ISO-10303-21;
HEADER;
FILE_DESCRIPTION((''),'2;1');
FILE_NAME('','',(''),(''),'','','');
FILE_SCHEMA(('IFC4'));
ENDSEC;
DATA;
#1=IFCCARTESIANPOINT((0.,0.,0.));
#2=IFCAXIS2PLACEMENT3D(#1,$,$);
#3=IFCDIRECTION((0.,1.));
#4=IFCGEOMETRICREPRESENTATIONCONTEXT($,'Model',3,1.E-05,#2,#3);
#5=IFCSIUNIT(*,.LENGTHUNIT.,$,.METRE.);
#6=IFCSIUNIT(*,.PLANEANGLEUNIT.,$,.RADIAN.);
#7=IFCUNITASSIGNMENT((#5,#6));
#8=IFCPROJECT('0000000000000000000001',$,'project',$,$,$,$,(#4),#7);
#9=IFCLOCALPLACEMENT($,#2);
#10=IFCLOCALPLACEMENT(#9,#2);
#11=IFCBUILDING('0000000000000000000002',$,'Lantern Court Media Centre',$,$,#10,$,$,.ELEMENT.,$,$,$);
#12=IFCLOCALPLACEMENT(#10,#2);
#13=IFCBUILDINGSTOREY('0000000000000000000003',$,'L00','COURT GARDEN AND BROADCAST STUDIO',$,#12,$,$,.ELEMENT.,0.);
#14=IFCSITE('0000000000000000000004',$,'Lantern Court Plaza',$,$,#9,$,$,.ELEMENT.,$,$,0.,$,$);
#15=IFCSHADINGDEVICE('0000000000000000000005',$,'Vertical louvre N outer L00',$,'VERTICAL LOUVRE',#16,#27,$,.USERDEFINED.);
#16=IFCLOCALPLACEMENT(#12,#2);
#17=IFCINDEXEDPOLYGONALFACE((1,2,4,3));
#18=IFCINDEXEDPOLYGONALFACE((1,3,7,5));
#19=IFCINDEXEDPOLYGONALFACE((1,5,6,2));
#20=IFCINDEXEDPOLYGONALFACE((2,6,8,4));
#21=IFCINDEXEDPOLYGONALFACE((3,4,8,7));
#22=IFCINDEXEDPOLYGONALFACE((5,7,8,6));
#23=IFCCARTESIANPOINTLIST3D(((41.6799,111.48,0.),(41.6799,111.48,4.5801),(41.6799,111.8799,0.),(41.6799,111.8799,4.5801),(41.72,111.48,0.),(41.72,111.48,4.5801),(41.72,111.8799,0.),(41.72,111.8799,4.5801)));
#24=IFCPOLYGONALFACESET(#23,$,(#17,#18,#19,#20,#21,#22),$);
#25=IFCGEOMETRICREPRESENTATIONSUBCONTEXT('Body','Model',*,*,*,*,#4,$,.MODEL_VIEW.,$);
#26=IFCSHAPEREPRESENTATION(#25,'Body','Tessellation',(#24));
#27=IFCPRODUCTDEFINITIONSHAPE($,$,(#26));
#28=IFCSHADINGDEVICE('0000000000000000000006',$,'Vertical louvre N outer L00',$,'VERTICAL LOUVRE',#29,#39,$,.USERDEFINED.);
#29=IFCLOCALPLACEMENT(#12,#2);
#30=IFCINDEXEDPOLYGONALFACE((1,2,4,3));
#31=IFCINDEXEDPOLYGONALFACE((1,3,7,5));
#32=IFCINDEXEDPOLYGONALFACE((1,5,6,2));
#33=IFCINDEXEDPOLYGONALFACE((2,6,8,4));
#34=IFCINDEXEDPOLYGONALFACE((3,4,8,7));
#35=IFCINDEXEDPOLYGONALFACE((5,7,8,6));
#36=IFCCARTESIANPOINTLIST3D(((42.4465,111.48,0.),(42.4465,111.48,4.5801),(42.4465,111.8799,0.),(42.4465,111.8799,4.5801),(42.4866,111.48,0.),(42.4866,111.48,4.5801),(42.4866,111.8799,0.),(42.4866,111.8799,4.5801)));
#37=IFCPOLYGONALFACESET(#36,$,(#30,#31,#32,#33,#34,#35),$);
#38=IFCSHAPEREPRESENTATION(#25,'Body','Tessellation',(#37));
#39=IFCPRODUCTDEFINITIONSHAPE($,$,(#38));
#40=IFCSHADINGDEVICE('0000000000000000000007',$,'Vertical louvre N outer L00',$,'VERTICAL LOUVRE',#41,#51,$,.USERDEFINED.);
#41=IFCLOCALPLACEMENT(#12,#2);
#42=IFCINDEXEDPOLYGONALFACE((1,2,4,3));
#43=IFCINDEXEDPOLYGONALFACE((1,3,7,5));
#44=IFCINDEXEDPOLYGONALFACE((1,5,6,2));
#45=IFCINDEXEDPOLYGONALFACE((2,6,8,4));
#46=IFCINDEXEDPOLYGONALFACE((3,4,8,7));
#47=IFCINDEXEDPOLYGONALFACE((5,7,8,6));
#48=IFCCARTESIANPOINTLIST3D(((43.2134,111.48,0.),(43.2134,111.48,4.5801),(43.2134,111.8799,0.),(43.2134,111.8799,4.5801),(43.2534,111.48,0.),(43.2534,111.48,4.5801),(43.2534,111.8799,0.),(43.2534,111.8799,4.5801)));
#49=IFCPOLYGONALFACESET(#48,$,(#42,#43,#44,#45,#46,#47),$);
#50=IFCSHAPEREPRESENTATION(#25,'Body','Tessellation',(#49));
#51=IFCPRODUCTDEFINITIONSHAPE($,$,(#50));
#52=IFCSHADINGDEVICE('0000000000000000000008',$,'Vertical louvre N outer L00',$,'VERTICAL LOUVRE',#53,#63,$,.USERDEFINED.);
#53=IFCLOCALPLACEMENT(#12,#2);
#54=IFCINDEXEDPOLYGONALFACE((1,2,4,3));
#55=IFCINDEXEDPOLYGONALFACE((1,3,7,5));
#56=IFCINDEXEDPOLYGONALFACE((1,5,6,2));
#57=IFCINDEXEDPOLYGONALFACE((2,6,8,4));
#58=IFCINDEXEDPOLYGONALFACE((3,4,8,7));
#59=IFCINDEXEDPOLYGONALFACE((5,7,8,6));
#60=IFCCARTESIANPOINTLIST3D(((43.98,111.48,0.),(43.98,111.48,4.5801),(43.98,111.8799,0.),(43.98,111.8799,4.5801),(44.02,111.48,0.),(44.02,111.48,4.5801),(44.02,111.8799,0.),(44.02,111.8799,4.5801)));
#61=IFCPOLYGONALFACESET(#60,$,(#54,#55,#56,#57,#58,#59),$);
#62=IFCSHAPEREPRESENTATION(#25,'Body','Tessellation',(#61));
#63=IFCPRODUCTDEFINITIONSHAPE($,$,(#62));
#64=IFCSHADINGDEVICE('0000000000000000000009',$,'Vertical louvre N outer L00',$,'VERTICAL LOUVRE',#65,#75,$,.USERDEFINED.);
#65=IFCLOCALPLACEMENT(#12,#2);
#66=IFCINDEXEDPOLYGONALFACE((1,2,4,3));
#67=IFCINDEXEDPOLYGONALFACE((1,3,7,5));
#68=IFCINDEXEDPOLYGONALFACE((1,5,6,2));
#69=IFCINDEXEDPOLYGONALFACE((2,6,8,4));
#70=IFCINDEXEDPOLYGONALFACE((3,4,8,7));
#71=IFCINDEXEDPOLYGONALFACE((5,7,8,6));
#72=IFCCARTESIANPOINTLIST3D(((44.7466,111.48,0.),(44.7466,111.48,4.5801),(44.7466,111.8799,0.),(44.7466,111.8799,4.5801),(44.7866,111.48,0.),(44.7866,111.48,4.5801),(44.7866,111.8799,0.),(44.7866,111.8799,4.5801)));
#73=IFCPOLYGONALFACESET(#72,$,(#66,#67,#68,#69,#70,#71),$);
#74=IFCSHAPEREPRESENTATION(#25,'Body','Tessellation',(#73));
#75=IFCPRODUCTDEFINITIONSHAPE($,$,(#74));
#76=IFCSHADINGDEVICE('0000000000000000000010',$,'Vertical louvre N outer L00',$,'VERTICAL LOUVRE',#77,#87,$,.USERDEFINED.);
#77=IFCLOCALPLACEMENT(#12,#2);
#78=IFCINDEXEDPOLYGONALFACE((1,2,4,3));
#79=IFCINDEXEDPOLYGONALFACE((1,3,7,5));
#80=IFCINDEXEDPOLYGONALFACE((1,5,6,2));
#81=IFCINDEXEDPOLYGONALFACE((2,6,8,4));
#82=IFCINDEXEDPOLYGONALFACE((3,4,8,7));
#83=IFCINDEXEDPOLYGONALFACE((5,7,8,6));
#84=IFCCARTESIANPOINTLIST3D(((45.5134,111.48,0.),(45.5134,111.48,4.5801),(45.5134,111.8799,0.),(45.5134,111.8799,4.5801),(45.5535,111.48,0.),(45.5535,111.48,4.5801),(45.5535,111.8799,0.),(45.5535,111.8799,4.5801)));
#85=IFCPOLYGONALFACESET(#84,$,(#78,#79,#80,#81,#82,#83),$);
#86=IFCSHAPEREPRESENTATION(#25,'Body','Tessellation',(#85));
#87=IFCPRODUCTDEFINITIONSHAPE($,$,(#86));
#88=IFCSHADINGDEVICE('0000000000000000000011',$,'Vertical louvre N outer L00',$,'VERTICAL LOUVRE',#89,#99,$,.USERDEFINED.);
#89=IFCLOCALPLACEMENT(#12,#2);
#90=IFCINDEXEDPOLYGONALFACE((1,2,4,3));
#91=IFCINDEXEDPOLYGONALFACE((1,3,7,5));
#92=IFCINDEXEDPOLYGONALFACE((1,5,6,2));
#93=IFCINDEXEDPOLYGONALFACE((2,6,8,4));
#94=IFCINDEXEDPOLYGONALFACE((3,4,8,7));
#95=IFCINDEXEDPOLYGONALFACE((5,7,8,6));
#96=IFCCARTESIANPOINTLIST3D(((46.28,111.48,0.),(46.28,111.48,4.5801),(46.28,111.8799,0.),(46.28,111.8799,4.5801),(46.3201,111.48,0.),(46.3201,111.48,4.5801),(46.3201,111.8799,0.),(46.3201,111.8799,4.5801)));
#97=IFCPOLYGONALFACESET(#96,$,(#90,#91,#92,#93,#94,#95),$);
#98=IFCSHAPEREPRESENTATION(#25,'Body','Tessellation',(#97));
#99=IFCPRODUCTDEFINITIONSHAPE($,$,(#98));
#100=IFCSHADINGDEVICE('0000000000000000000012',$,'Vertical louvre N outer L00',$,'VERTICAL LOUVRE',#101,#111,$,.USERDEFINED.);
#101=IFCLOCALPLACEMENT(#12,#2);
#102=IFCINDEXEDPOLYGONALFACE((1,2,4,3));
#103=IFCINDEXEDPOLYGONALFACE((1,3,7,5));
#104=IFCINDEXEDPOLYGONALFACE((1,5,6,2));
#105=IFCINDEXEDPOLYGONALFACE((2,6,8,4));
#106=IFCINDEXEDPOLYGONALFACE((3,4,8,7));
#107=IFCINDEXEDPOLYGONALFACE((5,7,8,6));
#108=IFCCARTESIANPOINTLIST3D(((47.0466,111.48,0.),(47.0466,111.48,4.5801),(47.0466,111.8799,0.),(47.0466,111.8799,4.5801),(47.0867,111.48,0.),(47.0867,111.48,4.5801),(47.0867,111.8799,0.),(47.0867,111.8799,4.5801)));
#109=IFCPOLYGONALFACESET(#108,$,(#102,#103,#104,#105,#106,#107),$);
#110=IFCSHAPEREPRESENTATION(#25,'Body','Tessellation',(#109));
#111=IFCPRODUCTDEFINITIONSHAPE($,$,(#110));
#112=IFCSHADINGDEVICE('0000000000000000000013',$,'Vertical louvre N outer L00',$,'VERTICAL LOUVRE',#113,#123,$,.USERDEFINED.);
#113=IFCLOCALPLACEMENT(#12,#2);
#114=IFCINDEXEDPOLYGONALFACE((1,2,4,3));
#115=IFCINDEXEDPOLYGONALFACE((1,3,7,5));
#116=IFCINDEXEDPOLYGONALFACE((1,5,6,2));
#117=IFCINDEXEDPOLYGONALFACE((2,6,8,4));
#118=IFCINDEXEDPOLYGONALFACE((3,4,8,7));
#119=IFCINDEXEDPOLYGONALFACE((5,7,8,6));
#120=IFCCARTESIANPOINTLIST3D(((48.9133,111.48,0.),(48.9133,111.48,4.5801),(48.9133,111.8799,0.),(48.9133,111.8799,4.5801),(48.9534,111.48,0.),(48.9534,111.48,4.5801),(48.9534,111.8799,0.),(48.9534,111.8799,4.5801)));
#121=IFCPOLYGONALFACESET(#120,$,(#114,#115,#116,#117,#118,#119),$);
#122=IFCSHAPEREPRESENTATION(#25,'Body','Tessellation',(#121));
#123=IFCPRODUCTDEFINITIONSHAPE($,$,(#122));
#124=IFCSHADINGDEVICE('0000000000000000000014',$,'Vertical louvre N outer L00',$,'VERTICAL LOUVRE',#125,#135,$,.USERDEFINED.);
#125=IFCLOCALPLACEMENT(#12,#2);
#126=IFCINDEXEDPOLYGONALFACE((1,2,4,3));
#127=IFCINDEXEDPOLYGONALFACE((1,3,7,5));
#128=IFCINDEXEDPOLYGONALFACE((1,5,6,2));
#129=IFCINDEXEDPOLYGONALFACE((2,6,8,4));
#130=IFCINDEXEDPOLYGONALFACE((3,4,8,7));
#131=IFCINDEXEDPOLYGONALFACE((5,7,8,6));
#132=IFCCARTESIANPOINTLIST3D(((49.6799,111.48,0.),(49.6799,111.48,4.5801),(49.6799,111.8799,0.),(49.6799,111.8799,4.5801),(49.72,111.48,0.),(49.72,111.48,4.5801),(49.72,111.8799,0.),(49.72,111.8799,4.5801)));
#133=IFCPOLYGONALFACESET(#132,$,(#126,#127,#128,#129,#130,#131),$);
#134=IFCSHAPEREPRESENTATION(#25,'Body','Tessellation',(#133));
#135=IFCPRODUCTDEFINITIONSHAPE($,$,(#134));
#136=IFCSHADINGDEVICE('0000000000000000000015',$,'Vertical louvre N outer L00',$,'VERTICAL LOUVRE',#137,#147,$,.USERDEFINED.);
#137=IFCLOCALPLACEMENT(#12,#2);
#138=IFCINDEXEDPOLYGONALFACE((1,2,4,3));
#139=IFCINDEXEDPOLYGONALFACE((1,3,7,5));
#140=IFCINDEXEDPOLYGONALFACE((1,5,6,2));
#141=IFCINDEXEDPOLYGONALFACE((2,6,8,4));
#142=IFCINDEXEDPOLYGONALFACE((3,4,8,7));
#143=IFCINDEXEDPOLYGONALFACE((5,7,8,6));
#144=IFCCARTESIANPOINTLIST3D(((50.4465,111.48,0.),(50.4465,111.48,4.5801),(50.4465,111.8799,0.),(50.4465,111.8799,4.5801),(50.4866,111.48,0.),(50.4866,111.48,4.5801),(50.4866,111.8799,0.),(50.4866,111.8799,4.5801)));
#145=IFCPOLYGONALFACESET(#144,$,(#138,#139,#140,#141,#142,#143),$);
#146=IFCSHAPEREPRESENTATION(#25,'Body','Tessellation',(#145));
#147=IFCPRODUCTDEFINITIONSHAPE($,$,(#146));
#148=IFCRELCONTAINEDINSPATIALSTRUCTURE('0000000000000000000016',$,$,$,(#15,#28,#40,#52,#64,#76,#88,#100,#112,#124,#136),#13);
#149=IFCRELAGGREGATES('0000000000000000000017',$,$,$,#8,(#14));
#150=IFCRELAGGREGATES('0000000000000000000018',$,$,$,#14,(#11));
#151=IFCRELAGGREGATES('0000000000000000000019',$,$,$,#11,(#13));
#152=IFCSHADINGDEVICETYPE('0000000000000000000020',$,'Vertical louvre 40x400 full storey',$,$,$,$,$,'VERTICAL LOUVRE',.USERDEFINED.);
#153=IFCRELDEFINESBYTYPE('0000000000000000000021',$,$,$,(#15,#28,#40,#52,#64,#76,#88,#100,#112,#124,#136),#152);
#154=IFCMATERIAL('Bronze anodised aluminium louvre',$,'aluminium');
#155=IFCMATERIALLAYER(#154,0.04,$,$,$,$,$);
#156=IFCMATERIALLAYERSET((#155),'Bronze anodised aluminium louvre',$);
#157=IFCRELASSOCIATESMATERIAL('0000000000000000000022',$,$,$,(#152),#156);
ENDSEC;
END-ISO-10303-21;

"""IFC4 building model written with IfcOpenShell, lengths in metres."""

from ifc_helpers import new_model, si_unit, direction, frame, origin, origin_2d, place, context, subcontext, project, spatial, rectangle, extrude, material, layer, layer_set, type_object, element, save


model = new_model("IFC4")

# Units and contexts
model_context = context("Model", 3, precision=1e-05, world=origin(), true_north=direction((0.0, 1.0)))
body_context = subcontext(model_context, "Body", "Model", "MODEL_VIEW")
ifc_project = project(units=[si_unit("LENGTHUNIT", "METRE"), si_unit("PLANEANGLEUNIT", "RADIAN")], contexts=[model_context])

# Site, building, storey
site_placement = place(None, origin())
site = spatial("IfcSite", under=ifc_project, at=site_placement, Name="Lantern Court Plaza", CompositionType="ELEMENT", RefElevation=0.0)
building_placement = place(site_placement, origin())
building = spatial("IfcBuilding", under=site, at=building_placement, Name="Lantern Court Media Centre", CompositionType="ELEMENT")
storey_placement = place(building_placement, origin())
storey = spatial("IfcBuildingStorey", under=building, at=storey_placement, Name="L00", Description="COURT GARDEN AND BROADCAST STUDIO", CompositionType="ELEMENT", Elevation=0.0)

# Shading devices
ifc_material_1 = material(Name="Bronze anodised aluminium louvre", Category="aluminium")
ifc_layer_1 = layer(ifc_material_1, 0.04)
ifc_layer_set_1 = layer_set([ifc_layer_1], Name="Bronze anodised aluminium louvre")
shading_device_type = type_object("IfcShadingDeviceType", Name="Vertical louvre 40x400 full storey", ElementType="VERTICAL LOUVRE", PredefinedType="USERDEFINED", material=ifc_layer_set_1)
for number, where, z_axis, x_axis, name in (
    (1, (41.7, 111.6799, 0.0), (0.0, 0.0, 1.0), (1.0, 0.0, 0.0), "Vertical louvre N outer L00"),
    (2, (42.4666, 111.6799, 0.0), (0.0, 0.0, 1.0), (1.0, 0.0, 0.0), "Vertical louvre N outer L00"),
    (3, (43.2334, 111.6799, 0.0), (0.0, 0.0, 1.0), (1.0, 0.0, 0.0), "Vertical louvre N outer L00"),
    (4, (44.0, 111.6799, 0.0), (0.0, 0.0, 1.0), (1.0, 0.0, 0.0), "Vertical louvre N outer L00"),
    (5, (44.7666, 111.6799, 0.0), (0.0, 0.0, 1.0), (1.0, 0.0, 0.0), "Vertical louvre N outer L00"),
    (6, (45.5334, 111.6799, 0.0), (0.0, 0.0, 1.0), (1.0, 0.0, 0.0), "Vertical louvre N outer L00"),
    (7, (46.3, 111.6799, 0.0), (0.0, 0.0, 1.0), (1.0, 0.0, 0.0), "Vertical louvre N outer L00"),
    (8, (47.0667, 111.6799, 0.0), (0.0, 0.0, 1.0), (1.0, 0.0, 0.0), "Vertical louvre N outer L00"),
    (9, (48.9333, 111.6799, 0.0), (0.0, 0.0, 1.0), (1.0, 0.0, 0.0), "Vertical louvre N outer L00"),
    (10, (49.7, 111.6799, 0.0), (0.0, 0.0, 1.0), (1.0, 0.0, 0.0), "Vertical louvre N outer L00"),
    (11, (50.4666, 111.6799, 0.0), (0.0, 0.0, 1.0), (1.0, 0.0, 0.0), "Vertical louvre N outer L00"),
):
    element("IfcShadingDevice", number, at=place(storey_placement, frame(where, z_axis=z_axis, x_axis=x_axis)), inside=storey, type_object=shading_device_type, Name=name, ObjectType="VERTICAL LOUVRE", PredefinedType="USERDEFINED", context=body_context, shape_type="SweptSolid", body=[
        extrude(rectangle(XDim=0.04, YDim=0.3999, at=origin_2d()), origin(), (0.0, 0.0, 1.0), 4.5801),
    ])

save(model, "model.ifc")
